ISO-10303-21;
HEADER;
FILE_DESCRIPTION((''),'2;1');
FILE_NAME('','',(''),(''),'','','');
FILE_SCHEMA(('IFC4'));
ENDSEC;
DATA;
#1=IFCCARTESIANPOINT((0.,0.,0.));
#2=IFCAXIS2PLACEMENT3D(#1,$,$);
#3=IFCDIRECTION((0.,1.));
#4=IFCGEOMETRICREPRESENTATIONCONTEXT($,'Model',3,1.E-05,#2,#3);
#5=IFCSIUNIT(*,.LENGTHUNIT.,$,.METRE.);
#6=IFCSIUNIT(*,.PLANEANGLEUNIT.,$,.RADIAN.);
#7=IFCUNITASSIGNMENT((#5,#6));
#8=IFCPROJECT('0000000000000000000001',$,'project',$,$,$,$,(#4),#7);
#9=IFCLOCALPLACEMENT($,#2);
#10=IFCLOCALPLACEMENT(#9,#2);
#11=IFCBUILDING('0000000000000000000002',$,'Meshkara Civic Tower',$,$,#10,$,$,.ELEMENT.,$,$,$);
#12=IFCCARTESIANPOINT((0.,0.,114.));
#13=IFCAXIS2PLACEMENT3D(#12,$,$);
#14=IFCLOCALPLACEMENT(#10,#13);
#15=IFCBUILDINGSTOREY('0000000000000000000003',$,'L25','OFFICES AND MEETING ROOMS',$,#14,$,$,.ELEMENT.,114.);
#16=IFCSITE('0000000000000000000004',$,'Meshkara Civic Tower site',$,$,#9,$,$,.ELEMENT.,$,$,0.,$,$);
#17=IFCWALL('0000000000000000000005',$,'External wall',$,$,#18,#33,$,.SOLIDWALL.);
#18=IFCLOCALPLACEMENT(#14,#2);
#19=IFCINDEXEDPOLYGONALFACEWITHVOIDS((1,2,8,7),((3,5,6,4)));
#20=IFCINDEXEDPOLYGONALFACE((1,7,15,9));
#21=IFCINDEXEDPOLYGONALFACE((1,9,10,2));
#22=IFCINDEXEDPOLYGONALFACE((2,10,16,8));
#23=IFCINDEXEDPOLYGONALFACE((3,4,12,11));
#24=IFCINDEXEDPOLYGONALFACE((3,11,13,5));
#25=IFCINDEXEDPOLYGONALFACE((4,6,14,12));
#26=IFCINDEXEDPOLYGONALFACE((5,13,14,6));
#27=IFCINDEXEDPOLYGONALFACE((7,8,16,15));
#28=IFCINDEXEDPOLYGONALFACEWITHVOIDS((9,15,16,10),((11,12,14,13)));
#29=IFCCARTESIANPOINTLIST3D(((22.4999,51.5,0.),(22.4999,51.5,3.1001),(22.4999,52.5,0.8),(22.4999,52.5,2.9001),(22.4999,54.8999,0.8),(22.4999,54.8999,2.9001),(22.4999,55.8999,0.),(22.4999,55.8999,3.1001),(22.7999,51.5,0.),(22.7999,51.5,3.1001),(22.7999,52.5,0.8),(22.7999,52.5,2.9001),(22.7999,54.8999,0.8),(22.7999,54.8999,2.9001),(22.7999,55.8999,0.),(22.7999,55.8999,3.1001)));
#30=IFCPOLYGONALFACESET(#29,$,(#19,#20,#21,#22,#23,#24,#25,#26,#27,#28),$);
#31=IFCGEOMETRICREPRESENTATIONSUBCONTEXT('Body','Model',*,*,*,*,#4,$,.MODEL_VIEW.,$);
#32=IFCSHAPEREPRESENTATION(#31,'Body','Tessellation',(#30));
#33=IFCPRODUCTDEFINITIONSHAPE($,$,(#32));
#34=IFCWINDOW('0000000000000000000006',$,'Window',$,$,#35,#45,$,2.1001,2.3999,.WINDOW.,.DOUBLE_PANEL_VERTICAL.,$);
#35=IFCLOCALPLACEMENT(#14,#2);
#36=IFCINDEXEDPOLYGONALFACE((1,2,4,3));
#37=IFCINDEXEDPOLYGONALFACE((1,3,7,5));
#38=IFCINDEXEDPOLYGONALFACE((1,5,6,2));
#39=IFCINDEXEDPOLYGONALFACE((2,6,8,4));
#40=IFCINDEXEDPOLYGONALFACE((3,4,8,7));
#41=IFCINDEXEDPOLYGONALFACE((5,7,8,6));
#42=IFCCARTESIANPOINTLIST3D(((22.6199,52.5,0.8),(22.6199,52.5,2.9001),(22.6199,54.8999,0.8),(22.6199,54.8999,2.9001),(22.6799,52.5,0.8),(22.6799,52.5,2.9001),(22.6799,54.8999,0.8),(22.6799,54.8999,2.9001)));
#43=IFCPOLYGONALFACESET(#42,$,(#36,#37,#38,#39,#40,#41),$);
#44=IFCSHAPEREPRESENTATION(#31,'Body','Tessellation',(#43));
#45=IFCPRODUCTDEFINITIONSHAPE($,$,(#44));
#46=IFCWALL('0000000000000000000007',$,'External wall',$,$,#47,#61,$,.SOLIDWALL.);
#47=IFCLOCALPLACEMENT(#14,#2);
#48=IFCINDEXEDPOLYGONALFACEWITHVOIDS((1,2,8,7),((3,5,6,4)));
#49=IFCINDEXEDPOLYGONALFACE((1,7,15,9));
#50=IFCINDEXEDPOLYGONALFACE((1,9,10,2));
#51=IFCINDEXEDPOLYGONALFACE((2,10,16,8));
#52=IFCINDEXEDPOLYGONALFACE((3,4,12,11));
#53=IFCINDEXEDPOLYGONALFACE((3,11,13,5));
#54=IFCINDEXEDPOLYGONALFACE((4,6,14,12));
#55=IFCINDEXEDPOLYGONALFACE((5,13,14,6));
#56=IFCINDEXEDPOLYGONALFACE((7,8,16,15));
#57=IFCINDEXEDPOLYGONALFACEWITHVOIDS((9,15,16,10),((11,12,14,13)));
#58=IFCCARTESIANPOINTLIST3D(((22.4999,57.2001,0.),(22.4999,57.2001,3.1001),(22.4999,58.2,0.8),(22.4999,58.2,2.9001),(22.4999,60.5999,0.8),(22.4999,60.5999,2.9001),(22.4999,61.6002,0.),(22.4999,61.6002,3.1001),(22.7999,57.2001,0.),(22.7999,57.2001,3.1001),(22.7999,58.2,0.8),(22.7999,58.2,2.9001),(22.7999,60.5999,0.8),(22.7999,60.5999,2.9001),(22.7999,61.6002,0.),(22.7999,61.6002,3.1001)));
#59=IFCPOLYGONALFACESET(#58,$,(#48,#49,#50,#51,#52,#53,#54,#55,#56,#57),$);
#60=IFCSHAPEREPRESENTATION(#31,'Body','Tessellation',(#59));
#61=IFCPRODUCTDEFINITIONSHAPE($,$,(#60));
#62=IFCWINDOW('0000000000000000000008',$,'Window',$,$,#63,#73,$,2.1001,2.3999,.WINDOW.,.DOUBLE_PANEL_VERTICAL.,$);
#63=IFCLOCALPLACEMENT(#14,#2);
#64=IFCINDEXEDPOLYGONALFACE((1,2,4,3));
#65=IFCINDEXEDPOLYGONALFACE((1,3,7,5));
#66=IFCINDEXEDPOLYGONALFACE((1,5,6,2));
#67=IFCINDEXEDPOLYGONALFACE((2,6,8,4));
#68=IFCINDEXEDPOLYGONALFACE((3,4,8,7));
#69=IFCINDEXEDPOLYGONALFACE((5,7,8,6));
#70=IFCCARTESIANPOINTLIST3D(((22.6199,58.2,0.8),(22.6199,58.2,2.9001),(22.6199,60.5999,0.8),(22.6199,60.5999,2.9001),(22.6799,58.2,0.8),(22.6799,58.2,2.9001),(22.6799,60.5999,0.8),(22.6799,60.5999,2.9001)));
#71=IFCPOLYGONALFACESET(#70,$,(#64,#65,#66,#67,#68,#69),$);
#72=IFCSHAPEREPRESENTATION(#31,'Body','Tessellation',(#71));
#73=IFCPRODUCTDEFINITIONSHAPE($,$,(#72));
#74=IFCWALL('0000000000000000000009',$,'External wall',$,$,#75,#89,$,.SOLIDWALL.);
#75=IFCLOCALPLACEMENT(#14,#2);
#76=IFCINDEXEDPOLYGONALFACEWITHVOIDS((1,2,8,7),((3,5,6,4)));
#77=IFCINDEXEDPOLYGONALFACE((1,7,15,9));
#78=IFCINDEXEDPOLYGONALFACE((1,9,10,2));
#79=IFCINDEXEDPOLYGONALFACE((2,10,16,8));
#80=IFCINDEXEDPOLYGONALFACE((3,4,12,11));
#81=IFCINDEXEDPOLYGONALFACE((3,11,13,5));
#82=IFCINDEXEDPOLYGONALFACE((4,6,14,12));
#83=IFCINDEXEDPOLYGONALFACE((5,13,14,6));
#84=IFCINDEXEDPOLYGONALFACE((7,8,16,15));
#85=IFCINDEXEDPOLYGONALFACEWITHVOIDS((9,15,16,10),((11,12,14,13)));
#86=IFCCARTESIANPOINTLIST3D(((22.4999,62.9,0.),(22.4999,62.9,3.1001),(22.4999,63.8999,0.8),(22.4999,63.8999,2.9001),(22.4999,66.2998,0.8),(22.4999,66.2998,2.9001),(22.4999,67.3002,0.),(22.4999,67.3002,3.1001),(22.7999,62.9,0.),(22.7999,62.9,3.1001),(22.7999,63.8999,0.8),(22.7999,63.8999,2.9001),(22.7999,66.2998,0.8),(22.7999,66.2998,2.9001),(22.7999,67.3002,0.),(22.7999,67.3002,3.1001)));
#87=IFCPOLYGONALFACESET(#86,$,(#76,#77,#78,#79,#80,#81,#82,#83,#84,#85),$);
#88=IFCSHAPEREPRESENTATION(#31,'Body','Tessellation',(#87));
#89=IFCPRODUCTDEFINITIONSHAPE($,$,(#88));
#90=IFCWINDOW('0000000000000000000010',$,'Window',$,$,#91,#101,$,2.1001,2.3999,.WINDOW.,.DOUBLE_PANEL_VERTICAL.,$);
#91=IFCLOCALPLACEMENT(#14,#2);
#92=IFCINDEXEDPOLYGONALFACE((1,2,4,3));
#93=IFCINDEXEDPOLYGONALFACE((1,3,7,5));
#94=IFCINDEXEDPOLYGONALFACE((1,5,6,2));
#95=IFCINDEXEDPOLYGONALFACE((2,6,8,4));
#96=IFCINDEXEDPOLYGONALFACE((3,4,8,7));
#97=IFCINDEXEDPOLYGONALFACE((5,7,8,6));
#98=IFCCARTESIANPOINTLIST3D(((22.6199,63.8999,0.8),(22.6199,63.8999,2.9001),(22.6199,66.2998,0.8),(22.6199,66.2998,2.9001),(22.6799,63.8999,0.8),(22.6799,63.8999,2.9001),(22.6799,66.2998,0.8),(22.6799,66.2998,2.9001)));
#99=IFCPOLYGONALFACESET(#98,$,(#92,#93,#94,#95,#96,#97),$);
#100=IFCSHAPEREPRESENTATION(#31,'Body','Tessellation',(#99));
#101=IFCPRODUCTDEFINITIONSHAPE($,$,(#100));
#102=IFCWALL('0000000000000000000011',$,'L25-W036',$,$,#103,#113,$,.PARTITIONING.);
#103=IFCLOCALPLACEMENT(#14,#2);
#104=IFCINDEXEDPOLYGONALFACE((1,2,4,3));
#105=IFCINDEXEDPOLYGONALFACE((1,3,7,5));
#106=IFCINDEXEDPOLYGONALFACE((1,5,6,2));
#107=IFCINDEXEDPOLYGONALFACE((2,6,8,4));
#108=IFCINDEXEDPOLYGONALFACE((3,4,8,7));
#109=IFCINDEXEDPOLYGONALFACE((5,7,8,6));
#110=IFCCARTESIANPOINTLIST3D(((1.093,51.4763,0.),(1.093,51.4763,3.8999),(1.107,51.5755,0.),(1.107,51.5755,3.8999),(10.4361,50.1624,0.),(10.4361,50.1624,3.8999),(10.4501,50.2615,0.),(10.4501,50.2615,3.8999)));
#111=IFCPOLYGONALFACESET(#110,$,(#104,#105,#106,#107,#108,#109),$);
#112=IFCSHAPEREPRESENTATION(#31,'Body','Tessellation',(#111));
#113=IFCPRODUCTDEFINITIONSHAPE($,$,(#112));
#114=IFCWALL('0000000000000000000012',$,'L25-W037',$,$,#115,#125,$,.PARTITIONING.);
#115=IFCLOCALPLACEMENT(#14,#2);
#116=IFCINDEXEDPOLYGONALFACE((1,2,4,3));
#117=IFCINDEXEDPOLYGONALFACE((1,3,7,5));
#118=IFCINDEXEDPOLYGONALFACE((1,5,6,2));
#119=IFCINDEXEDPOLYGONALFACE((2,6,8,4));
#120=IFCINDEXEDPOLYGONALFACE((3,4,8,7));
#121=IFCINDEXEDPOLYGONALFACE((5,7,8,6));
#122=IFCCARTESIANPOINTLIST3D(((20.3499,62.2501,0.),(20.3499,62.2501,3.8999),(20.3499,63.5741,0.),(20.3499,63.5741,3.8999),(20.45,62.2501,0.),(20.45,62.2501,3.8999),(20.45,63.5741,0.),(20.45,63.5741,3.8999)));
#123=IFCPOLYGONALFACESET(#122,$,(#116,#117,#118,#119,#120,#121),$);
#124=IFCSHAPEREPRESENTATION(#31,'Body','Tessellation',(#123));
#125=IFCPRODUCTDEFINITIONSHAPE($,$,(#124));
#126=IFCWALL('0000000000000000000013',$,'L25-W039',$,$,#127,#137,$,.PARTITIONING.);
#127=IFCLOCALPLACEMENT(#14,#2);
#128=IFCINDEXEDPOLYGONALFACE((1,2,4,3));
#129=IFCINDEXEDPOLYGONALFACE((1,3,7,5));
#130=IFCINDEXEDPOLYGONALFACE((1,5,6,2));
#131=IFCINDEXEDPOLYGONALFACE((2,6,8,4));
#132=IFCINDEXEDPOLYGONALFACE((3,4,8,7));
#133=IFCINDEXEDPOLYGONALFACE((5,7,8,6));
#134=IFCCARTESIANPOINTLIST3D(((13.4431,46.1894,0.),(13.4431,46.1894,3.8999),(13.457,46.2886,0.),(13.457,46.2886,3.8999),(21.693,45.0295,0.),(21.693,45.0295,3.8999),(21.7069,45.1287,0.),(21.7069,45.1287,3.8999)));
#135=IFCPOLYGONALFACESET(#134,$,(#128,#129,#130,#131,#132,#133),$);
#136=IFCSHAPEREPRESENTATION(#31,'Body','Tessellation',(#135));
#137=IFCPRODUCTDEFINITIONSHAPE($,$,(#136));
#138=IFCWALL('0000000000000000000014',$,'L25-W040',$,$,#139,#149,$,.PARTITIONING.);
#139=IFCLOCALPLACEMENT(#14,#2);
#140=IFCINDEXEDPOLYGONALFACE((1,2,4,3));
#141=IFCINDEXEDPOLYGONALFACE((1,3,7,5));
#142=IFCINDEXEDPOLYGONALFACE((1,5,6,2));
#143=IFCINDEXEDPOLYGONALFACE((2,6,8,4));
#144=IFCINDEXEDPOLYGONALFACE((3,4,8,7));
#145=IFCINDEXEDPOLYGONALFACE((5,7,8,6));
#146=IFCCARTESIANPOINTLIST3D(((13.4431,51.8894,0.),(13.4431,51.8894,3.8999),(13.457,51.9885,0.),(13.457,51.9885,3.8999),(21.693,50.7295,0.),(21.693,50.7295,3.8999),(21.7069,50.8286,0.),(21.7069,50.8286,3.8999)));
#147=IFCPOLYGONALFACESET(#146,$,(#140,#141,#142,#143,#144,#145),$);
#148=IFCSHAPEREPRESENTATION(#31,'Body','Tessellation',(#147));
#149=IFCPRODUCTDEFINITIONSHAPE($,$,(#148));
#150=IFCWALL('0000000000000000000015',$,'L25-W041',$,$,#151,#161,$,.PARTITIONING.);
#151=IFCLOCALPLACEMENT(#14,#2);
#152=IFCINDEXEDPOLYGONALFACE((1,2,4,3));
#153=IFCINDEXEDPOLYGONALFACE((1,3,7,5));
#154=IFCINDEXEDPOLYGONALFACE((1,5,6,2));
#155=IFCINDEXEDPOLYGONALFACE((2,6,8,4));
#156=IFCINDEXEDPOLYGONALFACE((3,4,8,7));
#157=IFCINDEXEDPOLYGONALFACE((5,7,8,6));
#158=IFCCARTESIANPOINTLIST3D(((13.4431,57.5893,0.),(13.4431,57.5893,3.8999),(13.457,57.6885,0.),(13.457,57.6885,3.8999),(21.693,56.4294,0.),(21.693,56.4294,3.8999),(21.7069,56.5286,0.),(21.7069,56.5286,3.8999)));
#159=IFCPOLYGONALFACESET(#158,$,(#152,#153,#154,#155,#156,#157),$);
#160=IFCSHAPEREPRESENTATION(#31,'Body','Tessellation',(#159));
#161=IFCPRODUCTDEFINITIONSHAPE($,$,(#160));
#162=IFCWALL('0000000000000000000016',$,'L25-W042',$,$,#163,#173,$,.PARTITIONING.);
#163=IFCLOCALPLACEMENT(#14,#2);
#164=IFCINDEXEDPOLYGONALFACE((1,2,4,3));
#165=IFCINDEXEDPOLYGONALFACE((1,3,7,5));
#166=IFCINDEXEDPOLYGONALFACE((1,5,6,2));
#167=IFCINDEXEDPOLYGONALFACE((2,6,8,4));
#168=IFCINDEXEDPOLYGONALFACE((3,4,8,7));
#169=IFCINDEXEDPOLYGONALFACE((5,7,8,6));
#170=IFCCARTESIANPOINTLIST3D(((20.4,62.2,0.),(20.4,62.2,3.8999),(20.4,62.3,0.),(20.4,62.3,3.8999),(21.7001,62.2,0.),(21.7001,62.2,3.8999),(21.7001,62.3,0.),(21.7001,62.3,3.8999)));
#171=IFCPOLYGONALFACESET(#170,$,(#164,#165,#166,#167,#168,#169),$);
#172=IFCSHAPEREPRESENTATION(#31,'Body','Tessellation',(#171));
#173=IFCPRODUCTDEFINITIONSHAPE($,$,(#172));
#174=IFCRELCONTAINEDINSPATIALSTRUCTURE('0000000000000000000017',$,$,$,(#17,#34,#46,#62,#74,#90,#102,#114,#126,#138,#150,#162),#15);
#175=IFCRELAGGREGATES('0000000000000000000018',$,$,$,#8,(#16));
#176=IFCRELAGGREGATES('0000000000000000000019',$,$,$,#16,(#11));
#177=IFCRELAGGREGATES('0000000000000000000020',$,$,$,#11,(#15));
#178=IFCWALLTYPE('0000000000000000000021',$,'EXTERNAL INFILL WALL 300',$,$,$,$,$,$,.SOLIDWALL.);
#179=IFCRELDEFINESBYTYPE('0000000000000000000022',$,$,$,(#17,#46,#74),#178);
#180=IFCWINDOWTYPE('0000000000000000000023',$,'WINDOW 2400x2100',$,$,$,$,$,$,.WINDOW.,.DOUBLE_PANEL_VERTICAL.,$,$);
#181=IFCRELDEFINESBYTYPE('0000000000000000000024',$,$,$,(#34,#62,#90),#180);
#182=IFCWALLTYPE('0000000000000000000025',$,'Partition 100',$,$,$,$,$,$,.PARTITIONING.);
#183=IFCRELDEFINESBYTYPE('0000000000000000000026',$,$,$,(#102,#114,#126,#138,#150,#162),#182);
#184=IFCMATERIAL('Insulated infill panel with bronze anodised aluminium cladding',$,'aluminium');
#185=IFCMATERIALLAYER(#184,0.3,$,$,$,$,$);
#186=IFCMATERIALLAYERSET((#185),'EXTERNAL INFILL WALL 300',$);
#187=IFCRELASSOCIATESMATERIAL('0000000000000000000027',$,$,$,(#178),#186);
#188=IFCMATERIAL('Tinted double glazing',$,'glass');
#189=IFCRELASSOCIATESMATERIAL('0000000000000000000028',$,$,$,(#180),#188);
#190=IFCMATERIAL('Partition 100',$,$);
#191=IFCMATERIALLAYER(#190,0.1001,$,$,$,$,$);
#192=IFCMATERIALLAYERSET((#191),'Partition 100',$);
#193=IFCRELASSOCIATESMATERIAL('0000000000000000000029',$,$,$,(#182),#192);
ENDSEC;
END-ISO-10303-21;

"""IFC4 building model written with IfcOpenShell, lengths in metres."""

from ifc_helpers import new_model, si_unit, direction, frame, frame_2d, origin, place, context, subcontext, project, spatial, rectangle, extrude, material, layer, layer_set, type_object, element, fill, save


model = new_model("IFC4")

# Units and contexts
model_context = context("Model", 3, precision=1e-05, world=origin(), true_north=direction((0.0, 1.0)))
body_context = subcontext(model_context, "Body", "Model", "MODEL_VIEW")
ifc_project = project(units=[si_unit("LENGTHUNIT", "METRE"), si_unit("PLANEANGLEUNIT", "RADIAN")], contexts=[model_context])

# Site, building, storey
site_placement = place(None, origin())
site = spatial("IfcSite", under=ifc_project, at=site_placement, Name="Meshkara Civic Tower site", CompositionType="ELEMENT", RefElevation=0.0)
building_placement = place(site_placement, origin())
building = spatial("IfcBuilding", under=site, at=building_placement, Name="Meshkara Civic Tower", CompositionType="ELEMENT")
storey_placement = place(building_placement, frame((0.0, 0.0, 114.0)))
storey = spatial("IfcBuildingStorey", under=building, at=storey_placement, Name="L25", Description="OFFICES AND MEETING ROOMS", CompositionType="ELEMENT", Elevation=114.0)

# Walls, openings, windows
ifc_material_1 = material(Name="Insulated infill panel with bronze anodised aluminium cladding", Category="aluminium")
ifc_layer_1 = layer(ifc_material_1, 0.3)
ifc_layer_set_1 = layer_set([ifc_layer_1], Name="EXTERNAL INFILL WALL 300")
wall_type_1 = type_object("IfcWallType", Name="EXTERNAL INFILL WALL 300", PredefinedType="SOLIDWALL", material=ifc_layer_set_1)
ifc_material_2 = material(Name="Tinted double glazing", Category="glass")
window_type = type_object("IfcWindowType", Name="WINDOW 2400x2100", PartitioningType="DOUBLE_PANEL_VERTICAL", PredefinedType="WINDOW", material=ifc_material_2)
wall_1_placement = place(storey_placement, frame((22.6499, 51.5, 0.0), z_axis=(0.0, 0.0, 1.0), x_axis=(0.0, 1.0, 0.0)))
wall_1 = element("IfcWall", 1, at=wall_1_placement, inside=storey, type_object=wall_type_1, Name="External wall", PredefinedType="SOLIDWALL", context=body_context, shape_type="SweptSolid", body=[
    extrude(rectangle(XDim=4.3999, YDim=0.3, at=frame_2d((2.2, 0.0))), origin(), (0.0, 0.0, 1.0), 3.1001),
])
opening_1_placement = place(wall_1_placement, frame((1.0, 0.0, 0.8)))
opening_1 = element("IfcOpeningElement", 2, at=opening_1_placement, cuts=wall_1, PredefinedType="OPENING", context=body_context, shape_type="SweptSolid", body=[
    extrude(rectangle(XDim=2.3999, YDim=2.1001, at=frame_2d((1.2, 1.05))), frame((0.0, 0.1599, 0.0), z_axis=(0.0, -1.0, 0.0), x_axis=(1.0, 0.0, 0.0)), (0.0, 0.0, 1.0), 0.3201),
])
window_1_placement = place(opening_1_placement, origin())
window_1 = element("IfcWindow", 3, at=window_1_placement, inside=storey, type_object=window_type, Name="Window", OverallHeight=2.1001, OverallWidth=2.3999, PartitioningType="DOUBLE_PANEL_VERTICAL", PredefinedType="WINDOW", context=body_context, shape_type="SweptSolid", body=[
    extrude(rectangle(XDim=2.3999, YDim=2.1001, at=frame_2d((1.2, 1.05))), frame((0.0, 0.03, 0.0), z_axis=(0.0, -1.0, 0.0), x_axis=(1.0, 0.0, 0.0)), (0.0, 0.0, 1.0), 0.0601),
])
fill(opening_1, window_1)
wall_2_placement = place(storey_placement, frame((22.6499, 57.2, 0.0), z_axis=(0.0, 0.0, 1.0), x_axis=(0.0, 1.0, 0.0)))
wall_2 = element("IfcWall", 4, at=wall_2_placement, inside=storey, type_object=wall_type_1, Name="External wall", PredefinedType="SOLIDWALL", context=body_context, shape_type="SweptSolid", body=[
    extrude(rectangle(XDim=4.4001, YDim=0.3, at=frame_2d((2.2002, 0.0))), origin(), (0.0, 0.0, 1.0), 3.1001),
])
opening_2_placement = place(wall_2_placement, frame((1.0, 0.0, 0.8)))
opening_2 = element("IfcOpeningElement", 5, at=opening_2_placement, cuts=wall_2, PredefinedType="OPENING", context=body_context, shape_type="SweptSolid", body=[
    extrude(rectangle(XDim=2.3999, YDim=2.1001, at=frame_2d((1.2, 1.05))), frame((0.0, 0.1599, 0.0), z_axis=(0.0, -1.0, 0.0), x_axis=(1.0, 0.0, 0.0)), (0.0, 0.0, 1.0), 0.3201),
])
window_2_placement = place(opening_2_placement, origin())
window_2 = element("IfcWindow", 6, at=window_2_placement, inside=storey, type_object=window_type, Name="Window", OverallHeight=2.1001, OverallWidth=2.3999, PartitioningType="DOUBLE_PANEL_VERTICAL", PredefinedType="WINDOW", context=body_context, shape_type="SweptSolid", body=[
    extrude(rectangle(XDim=2.3999, YDim=2.1001, at=frame_2d((1.2, 1.05))), frame((0.0, 0.03, 0.0), z_axis=(0.0, -1.0, 0.0), x_axis=(1.0, 0.0, 0.0)), (0.0, 0.0, 1.0), 0.0601),
])
fill(opening_2, window_2)
wall_3_placement = place(storey_placement, frame((22.6499, 62.8999, 0.0), z_axis=(0.0, 0.0, 1.0), x_axis=(0.0, 1.0, 0.0)))
wall_3 = element("IfcWall", 7, at=wall_3_placement, inside=storey, type_object=wall_type_1, Name="External wall", PredefinedType="SOLIDWALL", context=body_context, shape_type="SweptSolid", body=[
    extrude(rectangle(XDim=4.4001, YDim=0.3, at=frame_2d((2.2002, 0.0))), origin(), (0.0, 0.0, 1.0), 3.1001),
])
opening_3_placement = place(wall_3_placement, frame((1.0, 0.0, 0.8)))
opening_3 = element("IfcOpeningElement", 8, at=opening_3_placement, cuts=wall_3, PredefinedType="OPENING", context=body_context, shape_type="SweptSolid", body=[
    extrude(rectangle(XDim=2.3999, YDim=2.1001, at=frame_2d((1.2, 1.05))), frame((0.0, 0.1599, 0.0), z_axis=(0.0, -1.0, 0.0), x_axis=(1.0, 0.0, 0.0)), (0.0, 0.0, 1.0), 0.3201),
])
window_3_placement = place(opening_3_placement, origin())
window_3 = element("IfcWindow", 9, at=window_3_placement, inside=storey, type_object=window_type, Name="Window", OverallHeight=2.1001, OverallWidth=2.3999, PartitioningType="DOUBLE_PANEL_VERTICAL", PredefinedType="WINDOW", context=body_context, shape_type="SweptSolid", body=[
    extrude(rectangle(XDim=2.3999, YDim=2.1001, at=frame_2d((1.2, 1.05))), frame((0.0, 0.03, 0.0), z_axis=(0.0, -1.0, 0.0), x_axis=(1.0, 0.0, 0.0)), (0.0, 0.0, 1.0), 0.0601),
])
fill(opening_3, window_3)

# Walls
ifc_material_3 = material(Name="Partition 100")
ifc_layer_2 = layer(ifc_material_3, 0.1001)
ifc_layer_set_2 = layer_set([ifc_layer_2], Name="Partition 100")
wall_type_2 = type_object("IfcWallType", Name="Partition 100", PredefinedType="PARTITIONING", material=ifc_layer_set_2)
wall_4_placement = place(storey_placement, frame((10.4431, 50.2119, 0.0), z_axis=(0.0, 0.0, 1.0), x_axis=(-0.990255, 0.139266, 0.0)))
element("IfcWall", 10, at=wall_4_placement, inside=storey, type_object=wall_type_2, Name="L25-W036", PredefinedType="PARTITIONING", context=body_context, shape_type="SweptSolid", body=[
    extrude(rectangle(XDim=9.4351, YDim=0.1001, at=frame_2d((4.7175, 0.0))), origin(), (0.0, 0.0, 1.0), 3.8999),
])
wall_5_placement = place(storey_placement, frame((20.3999, 62.25, 0.0), z_axis=(0.0, 0.0, 1.0), x_axis=(0.0, 1.0, 0.0)))
element("IfcWall", 11, at=wall_5_placement, inside=storey, type_object=wall_type_2, Name="L25-W037", PredefinedType="PARTITIONING", context=body_context, shape_type="SweptSolid", body=[
    extrude(rectangle(XDim=1.324, YDim=0.1001, at=frame_2d((0.6621, 0.0))), origin(), (0.0, 0.0, 1.0), 3.8999),
])
for number, where, z_axis, x_axis, name in (
    (12, (21.7, 45.0791, 0.0), (0.0, 0.0, 1.0), (-0.990261, 0.139226, 0.0), "L25-W039"),
    (13, (21.7, 50.7791, 0.0), (0.0, 0.0, 1.0), (-0.990261, 0.139226, 0.0), "L25-W040"),
    (14, (21.7, 56.479, 0.0), (0.0, 0.0, 1.0), (-0.990261, 0.139226, 0.0), "L25-W041"),
):
    element("IfcWall", number, at=place(storey_placement, frame(where, z_axis=z_axis, x_axis=x_axis)), inside=storey, type_object=wall_type_2, Name=name, PredefinedType="PARTITIONING", context=body_context, shape_type="SweptSolid", body=[
        extrude(rectangle(XDim=8.3311, YDim=0.1001, at=frame_2d((4.1655, 0.0))), origin(), (0.0, 0.0, 1.0), 3.8999),
    ])
wall_6_placement = place(storey_placement, frame((21.7, 62.25, 0.0), z_axis=(0.0, 0.0, 1.0), x_axis=(-1.0, 0.0, 0.0)))
element("IfcWall", 15, at=wall_6_placement, inside=storey, type_object=wall_type_2, Name="L25-W042", PredefinedType="PARTITIONING", context=body_context, shape_type="SweptSolid", body=[
    extrude(rectangle(XDim=1.3, YDim=0.1001, at=frame_2d((0.6499, 0.0))), origin(), (0.0, 0.0, 1.0), 3.8999),
])

save(model, "model.ifc")
